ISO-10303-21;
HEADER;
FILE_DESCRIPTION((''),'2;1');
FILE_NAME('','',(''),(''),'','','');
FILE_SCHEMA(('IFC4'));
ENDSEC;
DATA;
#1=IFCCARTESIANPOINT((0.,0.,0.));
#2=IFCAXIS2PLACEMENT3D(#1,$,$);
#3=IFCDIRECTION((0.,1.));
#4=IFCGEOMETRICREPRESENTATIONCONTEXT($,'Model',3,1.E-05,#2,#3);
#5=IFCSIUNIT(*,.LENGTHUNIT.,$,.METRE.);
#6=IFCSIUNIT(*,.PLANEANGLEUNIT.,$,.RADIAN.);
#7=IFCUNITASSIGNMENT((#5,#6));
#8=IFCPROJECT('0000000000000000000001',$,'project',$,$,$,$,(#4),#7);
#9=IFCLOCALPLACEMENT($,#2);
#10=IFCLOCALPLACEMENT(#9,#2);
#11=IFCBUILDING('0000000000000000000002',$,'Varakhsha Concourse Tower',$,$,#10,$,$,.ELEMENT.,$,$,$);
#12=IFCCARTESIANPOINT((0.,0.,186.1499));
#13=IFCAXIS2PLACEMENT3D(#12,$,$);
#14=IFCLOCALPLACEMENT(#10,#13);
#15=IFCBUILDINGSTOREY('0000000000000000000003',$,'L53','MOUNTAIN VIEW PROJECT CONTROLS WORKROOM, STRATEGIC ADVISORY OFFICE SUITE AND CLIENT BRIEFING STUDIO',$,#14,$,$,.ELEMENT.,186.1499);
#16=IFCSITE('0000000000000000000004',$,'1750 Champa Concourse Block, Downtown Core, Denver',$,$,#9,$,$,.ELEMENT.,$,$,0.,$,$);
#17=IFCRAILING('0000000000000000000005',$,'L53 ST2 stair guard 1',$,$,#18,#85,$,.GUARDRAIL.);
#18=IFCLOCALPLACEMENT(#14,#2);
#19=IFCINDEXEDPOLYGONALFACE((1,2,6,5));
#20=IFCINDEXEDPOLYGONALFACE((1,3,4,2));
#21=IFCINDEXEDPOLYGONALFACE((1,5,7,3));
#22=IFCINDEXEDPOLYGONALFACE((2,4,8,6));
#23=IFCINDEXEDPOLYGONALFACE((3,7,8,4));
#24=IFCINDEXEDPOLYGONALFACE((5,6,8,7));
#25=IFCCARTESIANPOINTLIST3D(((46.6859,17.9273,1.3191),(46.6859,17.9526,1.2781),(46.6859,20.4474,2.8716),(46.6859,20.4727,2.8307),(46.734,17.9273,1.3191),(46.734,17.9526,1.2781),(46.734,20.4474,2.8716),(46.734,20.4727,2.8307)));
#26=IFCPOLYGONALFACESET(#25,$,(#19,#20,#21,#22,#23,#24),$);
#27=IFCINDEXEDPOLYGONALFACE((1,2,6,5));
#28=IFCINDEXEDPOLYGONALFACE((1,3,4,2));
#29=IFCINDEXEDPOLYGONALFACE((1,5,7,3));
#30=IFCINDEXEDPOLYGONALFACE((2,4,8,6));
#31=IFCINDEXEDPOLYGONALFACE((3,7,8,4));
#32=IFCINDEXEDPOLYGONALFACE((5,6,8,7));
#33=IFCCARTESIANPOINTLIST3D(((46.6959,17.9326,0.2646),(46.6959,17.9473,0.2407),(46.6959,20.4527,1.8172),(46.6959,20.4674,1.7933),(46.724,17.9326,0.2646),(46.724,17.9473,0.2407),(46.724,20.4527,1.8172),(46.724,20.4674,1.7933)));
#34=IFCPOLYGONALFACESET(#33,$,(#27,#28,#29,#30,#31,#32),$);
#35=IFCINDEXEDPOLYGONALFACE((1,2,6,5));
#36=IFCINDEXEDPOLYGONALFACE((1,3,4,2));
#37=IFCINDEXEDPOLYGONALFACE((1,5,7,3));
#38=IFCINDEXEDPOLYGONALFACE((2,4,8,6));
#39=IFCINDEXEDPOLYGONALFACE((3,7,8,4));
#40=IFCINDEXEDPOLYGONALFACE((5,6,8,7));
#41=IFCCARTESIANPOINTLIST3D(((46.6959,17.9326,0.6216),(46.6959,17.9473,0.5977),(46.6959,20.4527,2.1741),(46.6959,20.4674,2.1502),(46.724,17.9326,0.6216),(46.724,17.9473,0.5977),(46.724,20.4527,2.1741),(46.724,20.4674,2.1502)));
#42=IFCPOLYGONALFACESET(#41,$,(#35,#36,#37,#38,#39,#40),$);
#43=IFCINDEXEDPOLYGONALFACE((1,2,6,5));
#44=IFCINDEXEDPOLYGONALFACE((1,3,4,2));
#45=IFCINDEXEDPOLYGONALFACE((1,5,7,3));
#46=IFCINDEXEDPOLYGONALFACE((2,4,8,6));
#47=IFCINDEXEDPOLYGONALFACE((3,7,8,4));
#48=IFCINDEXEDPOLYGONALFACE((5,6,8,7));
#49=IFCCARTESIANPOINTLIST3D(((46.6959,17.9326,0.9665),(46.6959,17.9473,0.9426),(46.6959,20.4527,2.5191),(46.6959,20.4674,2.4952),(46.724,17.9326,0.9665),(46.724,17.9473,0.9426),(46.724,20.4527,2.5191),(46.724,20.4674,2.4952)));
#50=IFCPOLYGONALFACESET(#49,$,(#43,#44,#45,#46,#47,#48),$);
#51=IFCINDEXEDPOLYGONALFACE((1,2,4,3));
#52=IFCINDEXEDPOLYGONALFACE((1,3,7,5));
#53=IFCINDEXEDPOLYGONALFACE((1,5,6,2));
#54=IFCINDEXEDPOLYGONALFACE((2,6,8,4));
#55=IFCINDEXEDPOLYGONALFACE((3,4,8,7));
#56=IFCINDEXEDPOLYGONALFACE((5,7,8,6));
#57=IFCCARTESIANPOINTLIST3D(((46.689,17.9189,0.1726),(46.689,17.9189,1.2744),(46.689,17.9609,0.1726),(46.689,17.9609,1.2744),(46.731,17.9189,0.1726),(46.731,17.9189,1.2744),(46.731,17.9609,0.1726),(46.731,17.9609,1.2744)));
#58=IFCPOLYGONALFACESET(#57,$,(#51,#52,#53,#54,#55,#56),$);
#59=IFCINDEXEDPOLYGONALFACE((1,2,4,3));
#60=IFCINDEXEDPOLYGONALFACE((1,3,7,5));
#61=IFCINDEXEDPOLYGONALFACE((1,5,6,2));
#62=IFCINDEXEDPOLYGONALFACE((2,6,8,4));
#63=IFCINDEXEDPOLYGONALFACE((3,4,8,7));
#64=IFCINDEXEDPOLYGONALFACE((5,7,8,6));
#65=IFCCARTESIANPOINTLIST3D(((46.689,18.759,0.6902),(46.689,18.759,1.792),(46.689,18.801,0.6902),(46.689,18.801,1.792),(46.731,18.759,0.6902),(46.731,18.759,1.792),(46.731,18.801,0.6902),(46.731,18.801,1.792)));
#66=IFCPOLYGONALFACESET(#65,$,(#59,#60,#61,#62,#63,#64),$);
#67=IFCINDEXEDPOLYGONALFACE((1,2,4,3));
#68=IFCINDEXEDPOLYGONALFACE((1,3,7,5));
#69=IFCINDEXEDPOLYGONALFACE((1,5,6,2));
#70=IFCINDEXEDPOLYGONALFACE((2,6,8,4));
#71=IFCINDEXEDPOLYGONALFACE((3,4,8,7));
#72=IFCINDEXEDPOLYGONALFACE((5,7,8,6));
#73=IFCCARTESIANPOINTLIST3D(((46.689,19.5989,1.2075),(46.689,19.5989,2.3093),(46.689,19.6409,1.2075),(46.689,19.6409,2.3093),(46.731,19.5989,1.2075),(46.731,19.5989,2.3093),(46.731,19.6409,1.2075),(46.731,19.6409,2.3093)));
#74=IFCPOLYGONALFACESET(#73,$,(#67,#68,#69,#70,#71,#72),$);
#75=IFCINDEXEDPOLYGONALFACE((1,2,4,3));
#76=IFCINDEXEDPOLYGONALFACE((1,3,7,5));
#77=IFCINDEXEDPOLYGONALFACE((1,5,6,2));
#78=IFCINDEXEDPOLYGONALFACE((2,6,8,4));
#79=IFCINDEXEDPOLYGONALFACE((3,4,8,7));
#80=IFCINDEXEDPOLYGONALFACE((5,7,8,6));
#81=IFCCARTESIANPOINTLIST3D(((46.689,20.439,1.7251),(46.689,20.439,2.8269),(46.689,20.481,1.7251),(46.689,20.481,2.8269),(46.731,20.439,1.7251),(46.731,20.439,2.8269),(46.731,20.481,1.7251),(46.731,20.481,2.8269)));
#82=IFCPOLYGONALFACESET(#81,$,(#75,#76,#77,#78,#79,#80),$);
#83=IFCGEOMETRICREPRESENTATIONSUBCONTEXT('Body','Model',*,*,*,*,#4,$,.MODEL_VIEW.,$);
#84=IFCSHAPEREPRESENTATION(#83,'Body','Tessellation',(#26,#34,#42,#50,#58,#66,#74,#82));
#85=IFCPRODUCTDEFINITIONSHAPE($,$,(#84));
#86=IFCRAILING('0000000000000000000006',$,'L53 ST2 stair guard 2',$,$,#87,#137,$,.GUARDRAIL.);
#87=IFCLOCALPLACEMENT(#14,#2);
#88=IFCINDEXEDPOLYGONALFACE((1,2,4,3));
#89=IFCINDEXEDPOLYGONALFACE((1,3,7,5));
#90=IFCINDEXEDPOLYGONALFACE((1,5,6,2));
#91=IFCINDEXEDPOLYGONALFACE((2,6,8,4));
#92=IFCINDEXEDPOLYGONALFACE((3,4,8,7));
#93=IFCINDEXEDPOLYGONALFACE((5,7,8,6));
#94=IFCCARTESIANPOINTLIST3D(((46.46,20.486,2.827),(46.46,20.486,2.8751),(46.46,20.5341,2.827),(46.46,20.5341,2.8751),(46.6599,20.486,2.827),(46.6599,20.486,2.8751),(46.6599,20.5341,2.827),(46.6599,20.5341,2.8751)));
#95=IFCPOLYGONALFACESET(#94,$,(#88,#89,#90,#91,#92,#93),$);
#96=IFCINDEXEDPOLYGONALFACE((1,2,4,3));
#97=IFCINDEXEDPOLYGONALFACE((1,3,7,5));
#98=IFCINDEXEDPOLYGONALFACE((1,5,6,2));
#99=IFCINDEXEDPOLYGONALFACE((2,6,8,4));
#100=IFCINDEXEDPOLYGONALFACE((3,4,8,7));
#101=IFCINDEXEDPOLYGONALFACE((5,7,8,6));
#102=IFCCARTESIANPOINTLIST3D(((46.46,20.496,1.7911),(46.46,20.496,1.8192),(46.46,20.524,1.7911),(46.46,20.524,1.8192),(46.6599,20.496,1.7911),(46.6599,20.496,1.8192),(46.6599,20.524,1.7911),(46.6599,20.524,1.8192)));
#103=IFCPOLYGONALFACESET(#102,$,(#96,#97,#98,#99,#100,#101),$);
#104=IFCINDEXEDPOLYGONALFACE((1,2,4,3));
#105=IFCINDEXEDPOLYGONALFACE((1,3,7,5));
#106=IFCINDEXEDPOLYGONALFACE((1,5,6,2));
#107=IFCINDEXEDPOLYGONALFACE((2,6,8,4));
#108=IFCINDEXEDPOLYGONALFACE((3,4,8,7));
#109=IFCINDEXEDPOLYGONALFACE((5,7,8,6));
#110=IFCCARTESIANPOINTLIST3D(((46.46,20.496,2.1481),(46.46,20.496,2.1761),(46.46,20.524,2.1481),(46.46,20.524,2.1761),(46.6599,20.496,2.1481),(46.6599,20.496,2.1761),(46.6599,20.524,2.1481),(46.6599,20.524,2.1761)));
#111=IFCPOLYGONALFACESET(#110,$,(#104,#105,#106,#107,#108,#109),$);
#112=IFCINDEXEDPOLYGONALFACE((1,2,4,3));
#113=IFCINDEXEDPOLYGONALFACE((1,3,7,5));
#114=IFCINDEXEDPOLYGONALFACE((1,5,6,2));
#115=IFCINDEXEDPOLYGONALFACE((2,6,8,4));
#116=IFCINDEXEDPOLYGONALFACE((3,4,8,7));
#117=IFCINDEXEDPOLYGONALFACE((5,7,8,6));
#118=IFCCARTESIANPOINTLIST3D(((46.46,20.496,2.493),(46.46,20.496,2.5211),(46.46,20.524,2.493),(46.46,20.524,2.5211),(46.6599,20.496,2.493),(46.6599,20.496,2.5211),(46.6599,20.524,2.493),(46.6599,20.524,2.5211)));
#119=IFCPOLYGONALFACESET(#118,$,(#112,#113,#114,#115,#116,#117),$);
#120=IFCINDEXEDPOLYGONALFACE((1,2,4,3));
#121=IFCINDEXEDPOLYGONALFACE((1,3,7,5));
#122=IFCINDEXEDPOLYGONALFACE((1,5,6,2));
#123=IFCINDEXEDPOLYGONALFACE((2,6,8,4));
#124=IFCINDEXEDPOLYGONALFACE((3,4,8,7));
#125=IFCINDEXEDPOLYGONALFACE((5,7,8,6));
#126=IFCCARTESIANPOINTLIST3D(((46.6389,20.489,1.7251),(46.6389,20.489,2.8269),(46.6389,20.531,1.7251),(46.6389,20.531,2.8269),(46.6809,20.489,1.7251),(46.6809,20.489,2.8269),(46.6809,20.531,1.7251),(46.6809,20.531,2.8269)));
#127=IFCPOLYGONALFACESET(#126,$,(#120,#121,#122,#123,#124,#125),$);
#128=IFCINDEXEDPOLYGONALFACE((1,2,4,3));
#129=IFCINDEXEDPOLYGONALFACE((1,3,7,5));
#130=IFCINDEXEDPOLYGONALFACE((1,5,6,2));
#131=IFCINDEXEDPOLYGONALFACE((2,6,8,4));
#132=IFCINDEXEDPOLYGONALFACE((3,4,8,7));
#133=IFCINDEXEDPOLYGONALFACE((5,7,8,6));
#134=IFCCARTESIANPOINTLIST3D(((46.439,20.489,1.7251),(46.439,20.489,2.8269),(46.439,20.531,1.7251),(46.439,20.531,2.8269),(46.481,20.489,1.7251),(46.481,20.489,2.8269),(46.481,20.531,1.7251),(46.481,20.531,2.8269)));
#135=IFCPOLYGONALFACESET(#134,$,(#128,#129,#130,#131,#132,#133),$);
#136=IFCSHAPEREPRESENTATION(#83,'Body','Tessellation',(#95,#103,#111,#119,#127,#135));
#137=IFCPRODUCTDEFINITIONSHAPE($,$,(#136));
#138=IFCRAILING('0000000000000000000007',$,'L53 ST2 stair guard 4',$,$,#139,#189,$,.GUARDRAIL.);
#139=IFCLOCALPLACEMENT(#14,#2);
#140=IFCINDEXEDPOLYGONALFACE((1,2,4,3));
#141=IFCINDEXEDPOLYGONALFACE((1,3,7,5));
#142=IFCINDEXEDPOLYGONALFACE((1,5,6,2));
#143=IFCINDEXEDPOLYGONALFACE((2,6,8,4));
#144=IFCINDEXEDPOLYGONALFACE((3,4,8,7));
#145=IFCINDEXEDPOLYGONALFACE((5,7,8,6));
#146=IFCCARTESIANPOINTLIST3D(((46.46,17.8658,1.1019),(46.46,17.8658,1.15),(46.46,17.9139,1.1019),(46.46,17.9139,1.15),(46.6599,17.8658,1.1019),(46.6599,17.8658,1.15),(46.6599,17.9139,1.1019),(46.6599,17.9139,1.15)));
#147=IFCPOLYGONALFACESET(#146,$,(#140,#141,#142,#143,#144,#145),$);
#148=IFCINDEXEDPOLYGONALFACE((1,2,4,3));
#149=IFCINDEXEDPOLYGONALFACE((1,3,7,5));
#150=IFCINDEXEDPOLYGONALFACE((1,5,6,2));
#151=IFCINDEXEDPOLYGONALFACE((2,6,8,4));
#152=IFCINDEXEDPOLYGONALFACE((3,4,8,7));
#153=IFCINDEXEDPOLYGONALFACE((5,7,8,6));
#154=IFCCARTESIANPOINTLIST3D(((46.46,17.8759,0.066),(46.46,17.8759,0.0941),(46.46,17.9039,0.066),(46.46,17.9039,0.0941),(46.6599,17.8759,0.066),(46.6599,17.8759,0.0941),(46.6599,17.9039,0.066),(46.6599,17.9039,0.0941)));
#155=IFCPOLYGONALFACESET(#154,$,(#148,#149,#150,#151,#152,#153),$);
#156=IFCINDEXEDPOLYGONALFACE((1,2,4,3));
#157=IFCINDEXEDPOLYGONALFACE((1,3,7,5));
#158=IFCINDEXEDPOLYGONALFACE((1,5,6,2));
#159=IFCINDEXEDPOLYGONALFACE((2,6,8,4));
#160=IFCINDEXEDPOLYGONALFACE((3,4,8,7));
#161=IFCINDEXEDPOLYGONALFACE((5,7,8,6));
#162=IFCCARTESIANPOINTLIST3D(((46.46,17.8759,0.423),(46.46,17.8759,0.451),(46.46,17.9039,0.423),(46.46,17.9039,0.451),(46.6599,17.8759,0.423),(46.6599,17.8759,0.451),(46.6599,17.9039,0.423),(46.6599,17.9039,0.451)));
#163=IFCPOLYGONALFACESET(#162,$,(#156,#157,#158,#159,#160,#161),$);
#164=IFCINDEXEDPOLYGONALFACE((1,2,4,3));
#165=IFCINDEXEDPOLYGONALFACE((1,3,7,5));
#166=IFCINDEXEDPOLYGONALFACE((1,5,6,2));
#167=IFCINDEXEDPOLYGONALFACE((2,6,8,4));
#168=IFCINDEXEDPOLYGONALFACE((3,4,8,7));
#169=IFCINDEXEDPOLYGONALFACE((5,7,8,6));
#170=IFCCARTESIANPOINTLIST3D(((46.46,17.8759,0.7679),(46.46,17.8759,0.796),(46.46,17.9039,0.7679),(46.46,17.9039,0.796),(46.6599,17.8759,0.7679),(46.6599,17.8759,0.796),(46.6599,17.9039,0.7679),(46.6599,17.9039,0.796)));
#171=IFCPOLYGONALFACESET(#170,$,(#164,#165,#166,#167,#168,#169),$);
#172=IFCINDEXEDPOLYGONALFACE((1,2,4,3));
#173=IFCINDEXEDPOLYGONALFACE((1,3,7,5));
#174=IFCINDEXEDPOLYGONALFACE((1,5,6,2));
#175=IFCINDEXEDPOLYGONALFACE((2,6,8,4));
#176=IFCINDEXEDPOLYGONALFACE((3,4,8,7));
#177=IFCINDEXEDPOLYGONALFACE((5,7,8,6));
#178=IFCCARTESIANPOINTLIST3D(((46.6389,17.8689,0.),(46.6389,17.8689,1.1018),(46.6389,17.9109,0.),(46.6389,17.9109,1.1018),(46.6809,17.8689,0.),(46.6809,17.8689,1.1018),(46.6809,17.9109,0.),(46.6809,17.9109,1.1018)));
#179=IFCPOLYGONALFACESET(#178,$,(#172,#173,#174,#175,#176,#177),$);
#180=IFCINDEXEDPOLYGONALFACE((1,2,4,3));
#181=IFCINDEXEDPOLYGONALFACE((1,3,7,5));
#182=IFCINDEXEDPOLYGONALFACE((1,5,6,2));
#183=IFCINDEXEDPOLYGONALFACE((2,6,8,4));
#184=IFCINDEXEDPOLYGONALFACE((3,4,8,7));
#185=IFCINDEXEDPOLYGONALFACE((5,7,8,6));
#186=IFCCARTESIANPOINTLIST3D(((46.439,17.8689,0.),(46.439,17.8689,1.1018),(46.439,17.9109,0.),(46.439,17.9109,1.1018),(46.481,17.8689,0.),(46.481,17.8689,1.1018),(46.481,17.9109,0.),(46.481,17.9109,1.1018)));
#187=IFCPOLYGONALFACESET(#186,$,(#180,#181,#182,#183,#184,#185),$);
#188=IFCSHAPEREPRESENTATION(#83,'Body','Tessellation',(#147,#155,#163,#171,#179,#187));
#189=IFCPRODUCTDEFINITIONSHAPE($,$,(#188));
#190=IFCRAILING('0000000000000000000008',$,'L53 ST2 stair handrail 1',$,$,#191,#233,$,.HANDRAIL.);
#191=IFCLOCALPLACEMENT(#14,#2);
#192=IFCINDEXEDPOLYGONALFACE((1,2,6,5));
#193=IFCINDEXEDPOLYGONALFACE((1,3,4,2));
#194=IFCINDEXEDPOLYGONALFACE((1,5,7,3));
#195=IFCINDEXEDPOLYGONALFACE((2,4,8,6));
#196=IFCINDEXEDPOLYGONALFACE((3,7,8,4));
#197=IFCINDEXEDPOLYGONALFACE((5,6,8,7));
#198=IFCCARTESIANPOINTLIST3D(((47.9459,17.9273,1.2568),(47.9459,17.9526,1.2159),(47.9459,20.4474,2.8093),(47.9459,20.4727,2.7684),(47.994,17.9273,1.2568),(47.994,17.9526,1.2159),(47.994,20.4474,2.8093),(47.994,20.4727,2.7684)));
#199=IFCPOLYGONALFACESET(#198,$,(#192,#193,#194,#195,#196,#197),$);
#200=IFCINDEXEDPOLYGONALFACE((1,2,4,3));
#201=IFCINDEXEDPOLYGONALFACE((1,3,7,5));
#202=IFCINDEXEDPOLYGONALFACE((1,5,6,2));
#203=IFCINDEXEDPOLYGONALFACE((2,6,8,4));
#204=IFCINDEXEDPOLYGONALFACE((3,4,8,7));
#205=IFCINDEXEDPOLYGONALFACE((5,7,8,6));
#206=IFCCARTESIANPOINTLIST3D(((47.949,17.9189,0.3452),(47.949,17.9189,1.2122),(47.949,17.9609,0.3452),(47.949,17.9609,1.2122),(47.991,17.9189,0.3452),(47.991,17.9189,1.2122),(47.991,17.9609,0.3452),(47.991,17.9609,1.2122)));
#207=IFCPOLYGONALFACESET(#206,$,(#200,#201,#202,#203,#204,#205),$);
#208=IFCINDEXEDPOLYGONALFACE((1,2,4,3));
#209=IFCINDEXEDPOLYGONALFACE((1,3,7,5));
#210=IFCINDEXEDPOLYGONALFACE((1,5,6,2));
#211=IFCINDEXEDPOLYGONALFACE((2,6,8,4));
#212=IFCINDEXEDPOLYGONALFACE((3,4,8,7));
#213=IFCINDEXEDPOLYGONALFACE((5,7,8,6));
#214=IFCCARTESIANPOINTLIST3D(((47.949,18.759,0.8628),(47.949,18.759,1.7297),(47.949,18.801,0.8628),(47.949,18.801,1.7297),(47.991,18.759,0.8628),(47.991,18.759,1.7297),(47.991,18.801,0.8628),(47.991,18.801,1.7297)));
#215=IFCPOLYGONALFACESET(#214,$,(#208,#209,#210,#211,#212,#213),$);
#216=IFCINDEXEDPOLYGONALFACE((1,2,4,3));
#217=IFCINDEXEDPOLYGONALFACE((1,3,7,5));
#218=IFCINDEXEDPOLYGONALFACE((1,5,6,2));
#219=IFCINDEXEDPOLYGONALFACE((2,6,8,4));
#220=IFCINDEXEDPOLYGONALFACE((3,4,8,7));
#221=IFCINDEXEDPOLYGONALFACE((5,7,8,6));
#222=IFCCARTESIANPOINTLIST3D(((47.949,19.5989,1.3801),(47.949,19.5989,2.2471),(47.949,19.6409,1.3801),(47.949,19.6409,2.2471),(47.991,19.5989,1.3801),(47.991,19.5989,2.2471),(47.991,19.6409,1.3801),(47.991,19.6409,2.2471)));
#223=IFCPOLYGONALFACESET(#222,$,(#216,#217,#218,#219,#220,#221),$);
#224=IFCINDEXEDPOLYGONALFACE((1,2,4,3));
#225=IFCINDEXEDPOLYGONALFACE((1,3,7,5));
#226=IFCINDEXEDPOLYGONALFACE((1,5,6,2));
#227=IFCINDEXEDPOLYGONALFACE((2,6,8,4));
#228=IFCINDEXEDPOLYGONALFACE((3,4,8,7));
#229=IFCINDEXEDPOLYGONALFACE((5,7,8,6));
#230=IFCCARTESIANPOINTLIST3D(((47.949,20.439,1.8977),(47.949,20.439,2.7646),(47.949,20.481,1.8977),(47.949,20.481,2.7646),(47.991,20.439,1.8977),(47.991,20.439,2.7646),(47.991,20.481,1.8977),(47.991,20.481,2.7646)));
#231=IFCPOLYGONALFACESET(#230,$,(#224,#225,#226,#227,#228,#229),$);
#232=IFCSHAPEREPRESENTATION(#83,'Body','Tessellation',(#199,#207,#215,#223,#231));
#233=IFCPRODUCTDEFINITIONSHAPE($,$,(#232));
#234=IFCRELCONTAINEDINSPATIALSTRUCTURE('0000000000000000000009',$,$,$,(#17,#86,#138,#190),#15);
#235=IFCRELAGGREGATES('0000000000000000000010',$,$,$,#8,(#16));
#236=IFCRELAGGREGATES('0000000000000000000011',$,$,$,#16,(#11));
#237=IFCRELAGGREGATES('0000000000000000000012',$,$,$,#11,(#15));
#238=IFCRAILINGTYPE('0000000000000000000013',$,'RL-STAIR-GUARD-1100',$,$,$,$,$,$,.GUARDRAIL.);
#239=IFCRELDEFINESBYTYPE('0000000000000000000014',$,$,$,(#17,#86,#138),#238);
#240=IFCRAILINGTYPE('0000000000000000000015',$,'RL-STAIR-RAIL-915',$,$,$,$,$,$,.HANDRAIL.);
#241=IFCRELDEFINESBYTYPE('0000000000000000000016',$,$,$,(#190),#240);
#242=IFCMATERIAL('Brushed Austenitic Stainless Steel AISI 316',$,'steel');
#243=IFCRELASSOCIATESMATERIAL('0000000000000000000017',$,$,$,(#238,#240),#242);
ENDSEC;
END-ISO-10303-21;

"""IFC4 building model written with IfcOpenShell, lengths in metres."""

from ifc_helpers import new_model, si_unit, direction, frame, origin, origin_2d, place, context, subcontext, project, spatial, rectangle, extrude, material, type_object, element, save


model = new_model("IFC4")

# Units and contexts
model_context = context("Model", 3, precision=1e-05, world=origin(), true_north=direction((0.0, 1.0)))
body_context = subcontext(model_context, "Body", "Model", "MODEL_VIEW")
ifc_project = project(units=[si_unit("LENGTHUNIT", "METRE"), si_unit("PLANEANGLEUNIT", "RADIAN")], contexts=[model_context])

# Site, building, storey
site_placement = place(None, origin())
site = spatial("IfcSite", under=ifc_project, at=site_placement, Name="1750 Champa Concourse Block, Downtown Core, Denver", CompositionType="ELEMENT", RefElevation=0.0)
building_placement = place(site_placement, origin())
building = spatial("IfcBuilding", under=site, at=building_placement, Name="Varakhsha Concourse Tower", CompositionType="ELEMENT")
storey_placement = place(building_placement, frame((0.0, 0.0, 186.1499)))
storey = spatial("IfcBuildingStorey", under=building, at=storey_placement, Name="L53", Description="MOUNTAIN VIEW PROJECT CONTROLS WORKROOM, STRATEGIC ADVISORY OFFICE SUITE AND CLIENT BRIEFING STUDIO", CompositionType="ELEMENT", Elevation=186.1499)

# Railings
ifc_material_1 = material(Name="Brushed Austenitic Stainless Steel AISI 316", Category="steel")
railing_type_1 = type_object("IfcRailingType", Name="RL-STAIR-GUARD-1100", PredefinedType="GUARDRAIL", material=ifc_material_1)
railing_1_placement = place(storey_placement, frame((46.71, 17.9399, 0.1726)))
element("IfcRailing", 1, at=railing_1_placement, inside=storey, type_object=railing_type_1, Name="L53 ST2 stair guard 1", PredefinedType="GUARDRAIL", context=body_context, shape_type="SweptSolid", body=[
    extrude(rectangle(XDim=0.0481, YDim=0.0481, at=origin_2d()), frame((0.0, 0.0, 1.126), z_axis=(0.0, 0.8514, 0.524516), x_axis=(-1.0, 0.0, 0.0)), (0.0, 0.0, 1.0), 2.96),
    extrude(rectangle(XDim=0.0281, YDim=0.0281, at=origin_2d()), frame((0.0, 0.0, 0.0801), z_axis=(0.0, 0.8514, 0.524516), x_axis=(-1.0, 0.0, 0.0)), (0.0, 0.0, 1.0), 2.96),
    extrude(rectangle(XDim=0.0281, YDim=0.0281, at=origin_2d()), frame((0.0, 0.0, 0.437), z_axis=(0.0, 0.8514, 0.524516), x_axis=(-1.0, 0.0, 0.0)), (0.0, 0.0, 1.0), 2.96),
    extrude(rectangle(XDim=0.0281, YDim=0.0281, at=origin_2d()), frame((0.0, 0.0, 0.782), z_axis=(0.0, 0.8514, 0.524516), x_axis=(-1.0, 0.0, 0.0)), (0.0, 0.0, 1.0), 2.96),
    extrude(rectangle(XDim=0.042, YDim=0.042, at=origin_2d()), origin(), (0.0, 0.0, 1.0), 1.1018),
    extrude(rectangle(XDim=0.042, YDim=0.042, at=origin_2d()), frame((0.0, 0.8401, 0.5176)), (0.0, 0.0, 1.0), 1.1018),
    extrude(rectangle(XDim=0.042, YDim=0.042, at=origin_2d()), frame((0.0, 1.6799, 1.0349)), (0.0, 0.0, 1.0), 1.1018),
    extrude(rectangle(XDim=0.042, YDim=0.042, at=origin_2d()), frame((0.0, 2.52, 1.5525)), (0.0, 0.0, 1.0), 1.1018),
])
for number, where, name in (
    (2, (46.6599, 20.51, 1.7251), "L53 ST2 stair guard 2"),
    (3, (46.6599, 17.8899, 0.0), "L53 ST2 stair guard 4"),
):
    element("IfcRailing", number, at=place(storey_placement, frame(where)), inside=storey, type_object=railing_type_1, Name=name, PredefinedType="GUARDRAIL", context=body_context, shape_type="SweptSolid", body=[
        extrude(rectangle(XDim=0.0481, YDim=0.0481, at=origin_2d()), frame((0.0, 0.0, 1.126), z_axis=(-1.0, 0.0, 0.0), x_axis=(0.0, -1.0, 0.0)), (0.0, 0.0, 1.0), 0.2),
        extrude(rectangle(XDim=0.0281, YDim=0.0281, at=origin_2d()), frame((0.0, 0.0, 0.0801), z_axis=(-1.0, 0.0, 0.0), x_axis=(0.0, -1.0, 0.0)), (0.0, 0.0, 1.0), 0.2),
        extrude(rectangle(XDim=0.0281, YDim=0.0281, at=origin_2d()), frame((0.0, 0.0, 0.437), z_axis=(-1.0, 0.0, 0.0), x_axis=(0.0, -1.0, 0.0)), (0.0, 0.0, 1.0), 0.2),
        extrude(rectangle(XDim=0.0281, YDim=0.0281, at=origin_2d()), frame((0.0, 0.0, 0.782), z_axis=(-1.0, 0.0, 0.0), x_axis=(0.0, -1.0, 0.0)), (0.0, 0.0, 1.0), 0.2),
        extrude(rectangle(XDim=0.042, YDim=0.042, at=origin_2d()), origin(), (0.0, 0.0, 1.0), 1.1018),
        extrude(rectangle(XDim=0.042, YDim=0.042, at=origin_2d()), frame((-0.2, 0.0, 0.0)), (0.0, 0.0, 1.0), 1.1018),
    ])
railing_type_2 = type_object("IfcRailingType", Name="RL-STAIR-RAIL-915", PredefinedType="HANDRAIL", material=ifc_material_1)
railing_2_placement = place(storey_placement, frame((47.97, 17.9399, 0.3452)))
element("IfcRailing", 4, at=railing_2_placement, inside=storey, type_object=railing_type_2, Name="L53 ST2 stair handrail 1", PredefinedType="HANDRAIL", context=body_context, shape_type="SweptSolid", body=[
    extrude(rectangle(XDim=0.0481, YDim=0.0481, at=origin_2d()), frame((0.0, 0.0, 0.8911), z_axis=(0.0, 0.8514, 0.524516), x_axis=(-1.0, 0.0, 0.0)), (0.0, 0.0, 1.0), 2.96),
    extrude(rectangle(XDim=0.042, YDim=0.042, at=origin_2d()), origin(), (0.0, 0.0, 1.0), 0.8669),
    extrude(rectangle(XDim=0.042, YDim=0.042, at=origin_2d()), frame((0.0, 0.8401, 0.5176)), (0.0, 0.0, 1.0), 0.8669),
    extrude(rectangle(XDim=0.042, YDim=0.042, at=origin_2d()), frame((0.0, 1.6799, 1.0349)), (0.0, 0.0, 1.0), 0.8669),
    extrude(rectangle(XDim=0.042, YDim=0.042, at=origin_2d()), frame((0.0, 2.52, 1.5525)), (0.0, 0.0, 1.0), 0.8669),
])

save(model, "model.ifc")
